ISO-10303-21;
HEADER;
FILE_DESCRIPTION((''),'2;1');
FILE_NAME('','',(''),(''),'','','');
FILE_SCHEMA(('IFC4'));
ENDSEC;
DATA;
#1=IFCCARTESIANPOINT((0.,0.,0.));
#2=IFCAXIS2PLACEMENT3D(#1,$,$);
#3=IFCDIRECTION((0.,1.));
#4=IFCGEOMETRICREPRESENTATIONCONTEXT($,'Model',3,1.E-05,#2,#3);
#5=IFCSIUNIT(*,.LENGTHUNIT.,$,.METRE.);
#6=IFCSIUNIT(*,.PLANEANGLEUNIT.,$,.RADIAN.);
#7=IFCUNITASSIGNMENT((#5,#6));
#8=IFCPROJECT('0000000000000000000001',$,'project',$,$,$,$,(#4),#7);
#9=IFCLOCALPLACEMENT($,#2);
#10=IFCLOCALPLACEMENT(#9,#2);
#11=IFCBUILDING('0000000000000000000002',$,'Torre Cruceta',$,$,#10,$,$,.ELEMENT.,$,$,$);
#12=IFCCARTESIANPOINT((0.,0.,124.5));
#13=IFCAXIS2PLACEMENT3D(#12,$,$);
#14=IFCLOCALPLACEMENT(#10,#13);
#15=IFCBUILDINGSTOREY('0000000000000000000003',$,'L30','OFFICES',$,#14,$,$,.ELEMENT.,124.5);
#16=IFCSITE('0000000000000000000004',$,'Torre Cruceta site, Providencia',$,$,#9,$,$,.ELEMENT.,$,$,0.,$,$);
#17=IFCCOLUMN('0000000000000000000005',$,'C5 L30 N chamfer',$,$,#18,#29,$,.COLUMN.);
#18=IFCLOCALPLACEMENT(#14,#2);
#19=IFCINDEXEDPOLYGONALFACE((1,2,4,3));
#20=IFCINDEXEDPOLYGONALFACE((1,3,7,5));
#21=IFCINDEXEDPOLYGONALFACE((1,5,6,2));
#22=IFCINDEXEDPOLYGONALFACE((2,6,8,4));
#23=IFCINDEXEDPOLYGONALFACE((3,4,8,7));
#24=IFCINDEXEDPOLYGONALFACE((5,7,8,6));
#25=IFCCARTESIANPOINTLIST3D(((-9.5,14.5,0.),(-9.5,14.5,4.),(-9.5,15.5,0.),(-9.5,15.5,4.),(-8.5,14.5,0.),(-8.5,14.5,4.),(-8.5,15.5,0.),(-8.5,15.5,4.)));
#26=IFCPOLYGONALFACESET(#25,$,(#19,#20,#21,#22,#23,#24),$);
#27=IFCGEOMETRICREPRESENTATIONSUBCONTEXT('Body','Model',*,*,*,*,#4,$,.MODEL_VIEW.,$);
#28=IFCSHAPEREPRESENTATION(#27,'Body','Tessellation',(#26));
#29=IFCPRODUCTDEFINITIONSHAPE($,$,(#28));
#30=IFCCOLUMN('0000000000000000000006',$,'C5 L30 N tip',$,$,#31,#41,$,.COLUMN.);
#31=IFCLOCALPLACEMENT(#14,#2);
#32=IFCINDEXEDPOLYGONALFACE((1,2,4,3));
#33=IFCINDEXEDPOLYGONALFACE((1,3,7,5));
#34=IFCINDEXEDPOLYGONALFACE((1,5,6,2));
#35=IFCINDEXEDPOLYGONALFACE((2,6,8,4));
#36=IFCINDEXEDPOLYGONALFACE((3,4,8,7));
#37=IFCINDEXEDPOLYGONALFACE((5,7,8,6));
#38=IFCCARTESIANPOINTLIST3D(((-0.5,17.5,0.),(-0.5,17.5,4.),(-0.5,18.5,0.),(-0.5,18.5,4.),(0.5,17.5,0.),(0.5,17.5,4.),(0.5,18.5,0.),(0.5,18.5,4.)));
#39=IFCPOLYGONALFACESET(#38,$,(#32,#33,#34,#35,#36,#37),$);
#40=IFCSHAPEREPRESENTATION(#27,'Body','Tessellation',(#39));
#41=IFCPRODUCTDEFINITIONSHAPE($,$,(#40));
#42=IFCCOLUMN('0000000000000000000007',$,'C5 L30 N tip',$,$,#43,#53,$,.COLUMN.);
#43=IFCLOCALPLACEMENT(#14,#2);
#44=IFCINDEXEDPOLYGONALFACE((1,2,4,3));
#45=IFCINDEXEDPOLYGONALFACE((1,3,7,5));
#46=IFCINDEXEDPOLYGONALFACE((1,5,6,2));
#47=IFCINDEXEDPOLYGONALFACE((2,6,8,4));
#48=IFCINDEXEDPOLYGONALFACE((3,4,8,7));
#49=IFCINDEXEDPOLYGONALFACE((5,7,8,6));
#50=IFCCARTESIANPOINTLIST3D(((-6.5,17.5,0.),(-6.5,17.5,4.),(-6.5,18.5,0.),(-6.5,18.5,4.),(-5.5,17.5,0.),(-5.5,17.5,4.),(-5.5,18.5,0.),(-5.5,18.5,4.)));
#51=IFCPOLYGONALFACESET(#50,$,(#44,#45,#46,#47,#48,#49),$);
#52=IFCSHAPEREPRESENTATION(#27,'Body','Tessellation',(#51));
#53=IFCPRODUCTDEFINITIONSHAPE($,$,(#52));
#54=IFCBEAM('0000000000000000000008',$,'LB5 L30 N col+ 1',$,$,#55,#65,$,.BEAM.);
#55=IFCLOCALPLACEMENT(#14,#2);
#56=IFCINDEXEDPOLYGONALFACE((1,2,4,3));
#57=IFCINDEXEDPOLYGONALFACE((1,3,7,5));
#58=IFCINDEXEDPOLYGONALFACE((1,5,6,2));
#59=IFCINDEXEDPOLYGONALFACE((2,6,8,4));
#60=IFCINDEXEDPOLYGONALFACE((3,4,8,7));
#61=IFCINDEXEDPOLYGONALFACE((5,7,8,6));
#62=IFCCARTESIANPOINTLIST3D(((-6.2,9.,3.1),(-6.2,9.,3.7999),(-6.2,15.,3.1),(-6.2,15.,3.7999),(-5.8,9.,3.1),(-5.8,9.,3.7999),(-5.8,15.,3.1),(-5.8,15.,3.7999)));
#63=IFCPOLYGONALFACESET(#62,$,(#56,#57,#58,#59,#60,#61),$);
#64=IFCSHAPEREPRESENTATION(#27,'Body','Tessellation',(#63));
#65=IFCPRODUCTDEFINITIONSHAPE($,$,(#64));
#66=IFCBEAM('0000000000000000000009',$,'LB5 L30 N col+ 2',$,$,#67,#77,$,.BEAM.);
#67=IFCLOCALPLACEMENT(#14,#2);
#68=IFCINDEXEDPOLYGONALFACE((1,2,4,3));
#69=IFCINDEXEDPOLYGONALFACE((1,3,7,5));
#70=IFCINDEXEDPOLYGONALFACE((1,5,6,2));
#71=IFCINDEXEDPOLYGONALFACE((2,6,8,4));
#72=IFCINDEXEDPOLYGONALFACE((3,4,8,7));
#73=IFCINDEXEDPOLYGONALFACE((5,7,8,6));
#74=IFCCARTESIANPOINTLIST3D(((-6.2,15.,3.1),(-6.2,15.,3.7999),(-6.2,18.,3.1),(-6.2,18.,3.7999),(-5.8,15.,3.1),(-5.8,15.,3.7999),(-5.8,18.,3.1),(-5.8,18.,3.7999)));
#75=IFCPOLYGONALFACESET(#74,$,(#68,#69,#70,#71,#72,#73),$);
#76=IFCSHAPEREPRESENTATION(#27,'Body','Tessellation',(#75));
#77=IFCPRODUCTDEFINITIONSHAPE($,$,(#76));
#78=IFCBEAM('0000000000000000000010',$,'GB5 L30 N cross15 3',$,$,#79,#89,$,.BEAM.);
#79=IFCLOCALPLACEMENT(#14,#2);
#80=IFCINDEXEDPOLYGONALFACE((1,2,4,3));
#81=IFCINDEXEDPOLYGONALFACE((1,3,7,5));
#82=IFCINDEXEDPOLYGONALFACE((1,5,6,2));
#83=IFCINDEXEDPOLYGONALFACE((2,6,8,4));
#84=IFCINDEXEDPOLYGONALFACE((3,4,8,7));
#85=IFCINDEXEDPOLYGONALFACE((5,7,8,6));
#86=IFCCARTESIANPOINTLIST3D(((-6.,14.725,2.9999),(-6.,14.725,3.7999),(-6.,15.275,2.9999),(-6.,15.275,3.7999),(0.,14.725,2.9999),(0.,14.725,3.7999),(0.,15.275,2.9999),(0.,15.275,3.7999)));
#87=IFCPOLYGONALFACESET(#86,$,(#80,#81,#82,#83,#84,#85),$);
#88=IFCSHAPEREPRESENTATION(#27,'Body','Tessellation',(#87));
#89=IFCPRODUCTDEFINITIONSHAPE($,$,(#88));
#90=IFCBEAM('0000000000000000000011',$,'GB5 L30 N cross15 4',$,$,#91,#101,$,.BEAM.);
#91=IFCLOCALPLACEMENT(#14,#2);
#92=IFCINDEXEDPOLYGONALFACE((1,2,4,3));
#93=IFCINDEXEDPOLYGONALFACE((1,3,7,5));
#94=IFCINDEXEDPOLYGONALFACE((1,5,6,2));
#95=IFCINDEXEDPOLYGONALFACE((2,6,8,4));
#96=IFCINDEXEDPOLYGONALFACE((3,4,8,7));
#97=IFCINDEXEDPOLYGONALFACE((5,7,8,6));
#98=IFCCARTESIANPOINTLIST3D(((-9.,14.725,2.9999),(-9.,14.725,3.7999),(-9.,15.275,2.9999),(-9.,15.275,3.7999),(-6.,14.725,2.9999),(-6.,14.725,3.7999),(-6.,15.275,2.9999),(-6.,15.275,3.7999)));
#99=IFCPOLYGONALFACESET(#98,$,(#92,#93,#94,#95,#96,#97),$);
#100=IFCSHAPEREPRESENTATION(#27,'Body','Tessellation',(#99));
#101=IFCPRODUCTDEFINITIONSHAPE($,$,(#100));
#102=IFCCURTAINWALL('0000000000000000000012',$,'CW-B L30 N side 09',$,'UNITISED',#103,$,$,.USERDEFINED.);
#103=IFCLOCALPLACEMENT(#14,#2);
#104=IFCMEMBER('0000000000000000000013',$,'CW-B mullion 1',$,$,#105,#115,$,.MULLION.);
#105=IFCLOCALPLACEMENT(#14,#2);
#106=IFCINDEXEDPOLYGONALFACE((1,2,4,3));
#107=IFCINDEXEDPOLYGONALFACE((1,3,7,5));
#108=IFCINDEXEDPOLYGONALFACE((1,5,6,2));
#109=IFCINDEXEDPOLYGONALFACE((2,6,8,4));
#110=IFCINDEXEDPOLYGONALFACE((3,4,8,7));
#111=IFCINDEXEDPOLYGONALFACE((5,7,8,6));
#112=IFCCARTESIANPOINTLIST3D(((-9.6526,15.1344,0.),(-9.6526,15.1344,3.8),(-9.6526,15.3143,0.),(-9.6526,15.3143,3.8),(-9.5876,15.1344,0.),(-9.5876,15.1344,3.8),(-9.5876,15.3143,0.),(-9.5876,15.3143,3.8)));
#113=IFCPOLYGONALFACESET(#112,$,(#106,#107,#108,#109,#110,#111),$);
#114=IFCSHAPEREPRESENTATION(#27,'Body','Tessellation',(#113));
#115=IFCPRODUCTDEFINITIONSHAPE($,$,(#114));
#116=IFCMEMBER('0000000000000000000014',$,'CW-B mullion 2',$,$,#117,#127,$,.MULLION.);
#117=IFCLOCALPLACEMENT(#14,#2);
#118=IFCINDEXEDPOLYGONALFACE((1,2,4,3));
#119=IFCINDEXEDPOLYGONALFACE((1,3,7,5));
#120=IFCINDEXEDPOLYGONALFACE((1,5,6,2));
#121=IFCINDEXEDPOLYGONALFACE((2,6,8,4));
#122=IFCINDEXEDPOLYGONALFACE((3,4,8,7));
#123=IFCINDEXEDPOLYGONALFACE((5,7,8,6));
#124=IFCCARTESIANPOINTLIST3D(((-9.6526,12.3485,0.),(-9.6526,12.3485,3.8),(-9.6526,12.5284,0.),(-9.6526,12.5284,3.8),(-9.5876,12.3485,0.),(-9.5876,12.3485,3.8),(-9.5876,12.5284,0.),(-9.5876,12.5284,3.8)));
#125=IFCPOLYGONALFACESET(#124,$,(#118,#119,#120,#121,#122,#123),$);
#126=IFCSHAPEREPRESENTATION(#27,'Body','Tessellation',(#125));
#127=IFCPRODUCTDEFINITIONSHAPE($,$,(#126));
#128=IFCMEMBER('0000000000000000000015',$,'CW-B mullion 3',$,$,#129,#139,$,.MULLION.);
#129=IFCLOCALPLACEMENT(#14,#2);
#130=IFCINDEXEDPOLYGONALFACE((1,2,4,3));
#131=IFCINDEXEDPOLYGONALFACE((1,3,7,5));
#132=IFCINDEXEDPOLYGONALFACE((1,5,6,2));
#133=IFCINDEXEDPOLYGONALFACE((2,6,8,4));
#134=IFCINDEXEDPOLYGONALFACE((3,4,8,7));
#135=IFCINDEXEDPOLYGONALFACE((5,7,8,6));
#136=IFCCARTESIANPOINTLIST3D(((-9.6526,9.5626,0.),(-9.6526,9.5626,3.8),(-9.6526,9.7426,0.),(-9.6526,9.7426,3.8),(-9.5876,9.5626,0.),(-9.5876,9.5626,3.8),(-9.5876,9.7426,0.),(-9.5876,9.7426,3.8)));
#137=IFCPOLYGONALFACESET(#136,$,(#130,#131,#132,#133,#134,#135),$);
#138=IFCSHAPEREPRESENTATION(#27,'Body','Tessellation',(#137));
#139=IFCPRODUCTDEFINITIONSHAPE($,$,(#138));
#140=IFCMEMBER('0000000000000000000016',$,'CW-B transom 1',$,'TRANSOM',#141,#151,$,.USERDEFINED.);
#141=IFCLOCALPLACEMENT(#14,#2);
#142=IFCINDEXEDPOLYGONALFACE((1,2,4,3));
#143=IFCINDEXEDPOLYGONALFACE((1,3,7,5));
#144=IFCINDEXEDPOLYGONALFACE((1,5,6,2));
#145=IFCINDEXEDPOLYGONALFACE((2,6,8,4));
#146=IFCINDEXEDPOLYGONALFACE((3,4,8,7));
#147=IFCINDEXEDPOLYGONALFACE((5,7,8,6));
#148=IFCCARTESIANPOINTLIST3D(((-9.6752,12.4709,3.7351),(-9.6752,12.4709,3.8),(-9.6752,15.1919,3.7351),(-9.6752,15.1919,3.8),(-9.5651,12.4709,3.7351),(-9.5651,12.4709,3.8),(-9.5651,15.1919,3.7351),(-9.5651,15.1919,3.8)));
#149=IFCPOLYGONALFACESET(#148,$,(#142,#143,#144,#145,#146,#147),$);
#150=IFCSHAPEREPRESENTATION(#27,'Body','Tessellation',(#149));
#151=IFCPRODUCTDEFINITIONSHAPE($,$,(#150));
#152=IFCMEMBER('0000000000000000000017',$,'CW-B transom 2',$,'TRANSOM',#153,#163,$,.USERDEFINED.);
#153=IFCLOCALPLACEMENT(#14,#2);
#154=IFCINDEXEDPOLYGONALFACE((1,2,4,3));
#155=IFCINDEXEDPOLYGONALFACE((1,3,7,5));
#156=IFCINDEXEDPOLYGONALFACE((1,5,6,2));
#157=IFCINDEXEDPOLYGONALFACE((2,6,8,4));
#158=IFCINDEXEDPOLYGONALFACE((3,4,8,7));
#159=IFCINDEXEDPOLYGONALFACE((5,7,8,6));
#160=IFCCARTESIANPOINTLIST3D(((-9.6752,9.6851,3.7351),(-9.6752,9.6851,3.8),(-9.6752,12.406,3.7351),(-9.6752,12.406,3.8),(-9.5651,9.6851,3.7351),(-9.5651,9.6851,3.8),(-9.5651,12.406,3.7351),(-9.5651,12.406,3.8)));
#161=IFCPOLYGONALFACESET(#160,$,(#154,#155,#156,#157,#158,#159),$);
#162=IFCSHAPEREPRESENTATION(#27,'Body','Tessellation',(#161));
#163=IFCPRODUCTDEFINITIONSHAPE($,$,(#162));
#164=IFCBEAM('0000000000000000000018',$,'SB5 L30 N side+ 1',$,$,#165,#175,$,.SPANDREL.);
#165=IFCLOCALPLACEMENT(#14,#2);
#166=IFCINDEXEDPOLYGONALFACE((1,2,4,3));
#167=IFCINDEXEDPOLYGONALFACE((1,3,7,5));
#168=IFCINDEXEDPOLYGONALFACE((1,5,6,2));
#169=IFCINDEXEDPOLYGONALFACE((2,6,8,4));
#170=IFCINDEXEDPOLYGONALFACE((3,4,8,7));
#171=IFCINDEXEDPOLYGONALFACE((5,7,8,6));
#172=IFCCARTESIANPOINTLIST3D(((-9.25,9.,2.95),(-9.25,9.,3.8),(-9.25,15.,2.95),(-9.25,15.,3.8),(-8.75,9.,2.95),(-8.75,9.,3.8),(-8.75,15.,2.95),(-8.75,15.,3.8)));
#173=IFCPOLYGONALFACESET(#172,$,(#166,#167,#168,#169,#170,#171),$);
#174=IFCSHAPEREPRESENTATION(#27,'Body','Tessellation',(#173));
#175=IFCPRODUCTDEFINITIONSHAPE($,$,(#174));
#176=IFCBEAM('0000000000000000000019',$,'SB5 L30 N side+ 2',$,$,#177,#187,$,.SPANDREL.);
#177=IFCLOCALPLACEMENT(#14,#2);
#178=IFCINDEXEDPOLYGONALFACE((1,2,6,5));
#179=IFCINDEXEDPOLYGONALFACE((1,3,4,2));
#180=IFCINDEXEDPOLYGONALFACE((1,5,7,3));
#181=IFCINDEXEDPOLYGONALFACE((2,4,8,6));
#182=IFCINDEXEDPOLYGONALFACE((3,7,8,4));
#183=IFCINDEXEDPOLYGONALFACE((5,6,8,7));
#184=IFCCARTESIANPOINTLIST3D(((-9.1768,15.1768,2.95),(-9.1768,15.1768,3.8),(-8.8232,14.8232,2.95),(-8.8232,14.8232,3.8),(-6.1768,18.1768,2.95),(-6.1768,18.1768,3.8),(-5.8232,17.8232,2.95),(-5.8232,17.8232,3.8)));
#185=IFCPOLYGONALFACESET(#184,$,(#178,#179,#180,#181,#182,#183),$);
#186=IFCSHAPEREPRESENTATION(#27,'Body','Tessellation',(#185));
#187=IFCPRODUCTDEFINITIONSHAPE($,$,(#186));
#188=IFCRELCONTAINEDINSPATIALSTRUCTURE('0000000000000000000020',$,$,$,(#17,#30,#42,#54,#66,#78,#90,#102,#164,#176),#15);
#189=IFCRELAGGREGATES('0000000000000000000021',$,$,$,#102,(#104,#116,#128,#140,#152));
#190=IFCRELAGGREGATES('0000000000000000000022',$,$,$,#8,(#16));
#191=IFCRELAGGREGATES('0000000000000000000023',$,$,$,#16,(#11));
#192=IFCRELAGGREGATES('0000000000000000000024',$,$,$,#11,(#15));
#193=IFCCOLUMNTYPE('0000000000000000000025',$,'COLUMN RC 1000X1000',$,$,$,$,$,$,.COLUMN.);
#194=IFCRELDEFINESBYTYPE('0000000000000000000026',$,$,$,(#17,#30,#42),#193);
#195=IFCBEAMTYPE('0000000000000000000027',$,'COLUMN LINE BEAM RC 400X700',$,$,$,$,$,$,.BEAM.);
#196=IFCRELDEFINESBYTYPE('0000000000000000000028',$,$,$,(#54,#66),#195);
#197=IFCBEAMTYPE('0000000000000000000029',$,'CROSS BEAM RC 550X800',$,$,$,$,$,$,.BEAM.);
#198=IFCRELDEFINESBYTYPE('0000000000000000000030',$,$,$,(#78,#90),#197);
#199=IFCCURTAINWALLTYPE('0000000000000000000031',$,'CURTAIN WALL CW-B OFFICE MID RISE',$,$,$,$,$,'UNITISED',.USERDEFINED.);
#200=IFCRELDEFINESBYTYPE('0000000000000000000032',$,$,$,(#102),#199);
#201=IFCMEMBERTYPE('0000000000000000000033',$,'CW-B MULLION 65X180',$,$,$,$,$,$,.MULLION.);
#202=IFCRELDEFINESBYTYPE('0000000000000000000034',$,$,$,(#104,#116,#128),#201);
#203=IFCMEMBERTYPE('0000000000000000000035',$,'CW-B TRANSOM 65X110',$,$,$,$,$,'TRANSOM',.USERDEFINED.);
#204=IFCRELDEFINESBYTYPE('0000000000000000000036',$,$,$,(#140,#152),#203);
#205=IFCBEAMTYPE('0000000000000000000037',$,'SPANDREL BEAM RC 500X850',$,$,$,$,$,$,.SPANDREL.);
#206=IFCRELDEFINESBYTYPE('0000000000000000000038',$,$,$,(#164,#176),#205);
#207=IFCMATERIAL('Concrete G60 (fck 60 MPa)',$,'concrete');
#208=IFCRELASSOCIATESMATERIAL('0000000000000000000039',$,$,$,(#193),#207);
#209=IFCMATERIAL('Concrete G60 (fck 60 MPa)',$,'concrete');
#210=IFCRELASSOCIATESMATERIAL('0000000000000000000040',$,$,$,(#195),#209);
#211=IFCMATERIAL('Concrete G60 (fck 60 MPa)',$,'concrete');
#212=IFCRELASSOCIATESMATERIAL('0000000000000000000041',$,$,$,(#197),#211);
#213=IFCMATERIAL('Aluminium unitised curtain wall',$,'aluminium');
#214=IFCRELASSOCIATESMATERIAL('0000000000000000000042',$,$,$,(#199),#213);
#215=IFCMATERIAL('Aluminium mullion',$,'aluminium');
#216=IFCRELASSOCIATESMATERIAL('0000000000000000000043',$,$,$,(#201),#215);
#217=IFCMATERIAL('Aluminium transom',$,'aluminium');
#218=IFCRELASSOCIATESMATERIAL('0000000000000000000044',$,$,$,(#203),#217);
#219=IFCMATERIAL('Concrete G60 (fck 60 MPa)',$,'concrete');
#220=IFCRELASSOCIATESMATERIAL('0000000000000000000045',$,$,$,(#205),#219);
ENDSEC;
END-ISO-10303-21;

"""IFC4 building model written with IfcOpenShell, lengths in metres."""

from ifc_helpers import new_model, si_unit, direction, frame, origin, origin_2d, place, context, subcontext, project, spatial, rectangle, extrude, material, material_profile, profile_set, type_object, element, aggregate, save


model = new_model("IFC4")

# Units and contexts
model_context = context("Model", 3, precision=1e-05, world=origin(), true_north=direction((0.0, 1.0)))
body_context = subcontext(model_context, "Body", "Model", "MODEL_VIEW")
ifc_project = project(units=[si_unit("LENGTHUNIT", "METRE"), si_unit("PLANEANGLEUNIT", "RADIAN")], contexts=[model_context])

# Site, building, storey
site_placement = place(None, origin())
site = spatial("IfcSite", under=ifc_project, at=site_placement, Name="Torre Cruceta site, Providencia", CompositionType="ELEMENT", RefElevation=0.0)
building_placement = place(site_placement, origin())
building = spatial("IfcBuilding", under=site, at=building_placement, Name="Torre Cruceta", CompositionType="ELEMENT")
storey_placement = place(building_placement, frame((0.0, 0.0, 124.5)))
storey = spatial("IfcBuildingStorey", under=building, at=storey_placement, Name="L30", Description="OFFICES", CompositionType="ELEMENT", Elevation=124.5)

# Columns
ifc_material_1 = material(Name="Concrete G60 (fck 60 MPa)", Category="concrete")
ifc_material_profile_1 = material_profile(ifc_material_1, rectangle(XDim=1.0, YDim=1.0, at=origin_2d()), Name="RC 1000X1000")
ifc_profile_set_1 = profile_set([ifc_material_profile_1], Name="Concrete G60 (fck 60 MPa)")
column_type = type_object("IfcColumnType", Name="COLUMN RC 1000X1000", PredefinedType="COLUMN", material=ifc_profile_set_1)
for number, where, z_axis, x_axis, name in (
    (1, (-9.0, 15.0, 0.0), (0.0, 0.0, 1.0), (1.0, 0.0, 0.0), "C5 L30 N chamfer"),
    (2, (0.0, 18.0, 0.0), (0.0, 0.0, 1.0), (1.0, 0.0, 0.0), "C5 L30 N tip"),
    (3, (-6.0, 18.0, 0.0), (0.0, 0.0, 1.0), (1.0, 0.0, 0.0), "C5 L30 N tip"),
):
    element("IfcColumn", number, at=place(storey_placement, frame(where, z_axis=z_axis, x_axis=x_axis)), inside=storey, type_object=column_type, Name=name, PredefinedType="COLUMN", context=body_context, shape_type="SweptSolid", body=[
        extrude(rectangle(XDim=1.0, YDim=1.0, at=origin_2d()), origin(), (0.0, 0.0, 1.0), 4.0),
    ])

# Beams
ifc_material_2 = material(Name="Concrete G60 (fck 60 MPa)", Category="concrete")
ifc_material_profile_2 = material_profile(ifc_material_2, rectangle(XDim=0.3999, YDim=0.7, at=origin_2d()), Name="RC 400X700")
ifc_profile_set_2 = profile_set([ifc_material_profile_2], Name="Concrete G60 (fck 60 MPa)")
beam_type_1 = type_object("IfcBeamType", Name="COLUMN LINE BEAM RC 400X700", PredefinedType="BEAM", material=ifc_profile_set_2)
beam_1_placement = place(storey_placement, frame((-6.0, 9.0, 3.45), z_axis=(0.0, 1.0, 0.0), x_axis=(-1.0, 0.0, 0.0)))
element("IfcBeam", 4, at=beam_1_placement, inside=storey, type_object=beam_type_1, Name="LB5 L30 N col+ 1", PredefinedType="BEAM", context=body_context, shape_type="SweptSolid", body=[
    extrude(rectangle(XDim=0.3999, YDim=0.7, at=origin_2d()), origin(), (0.0, 0.0, 1.0), 6.0),
])
beam_2_placement = place(storey_placement, frame((-6.0, 15.0, 3.45), z_axis=(0.0, 1.0, 0.0), x_axis=(-1.0, 0.0, 0.0)))
element("IfcBeam", 5, at=beam_2_placement, inside=storey, type_object=beam_type_1, Name="LB5 L30 N col+ 2", PredefinedType="BEAM", context=body_context, shape_type="SweptSolid", body=[
    extrude(rectangle(XDim=0.3999, YDim=0.7, at=origin_2d()), origin(), (0.0, 0.0, 1.0), 3.0),
])
ifc_material_3 = material(Name="Concrete G60 (fck 60 MPa)", Category="concrete")
ifc_material_profile_3 = material_profile(ifc_material_3, rectangle(XDim=0.55, YDim=0.8, at=origin_2d()), Name="RC 550X800")
ifc_profile_set_3 = profile_set([ifc_material_profile_3], Name="Concrete G60 (fck 60 MPa)")
beam_type_2 = type_object("IfcBeamType", Name="CROSS BEAM RC 550X800", PredefinedType="BEAM", material=ifc_profile_set_3)
beam_3_placement = place(storey_placement, frame((0.0, 15.0, 3.3999), z_axis=(-1.0, 0.0, 0.0), x_axis=(0.0, -1.0, 0.0)))
element("IfcBeam", 6, at=beam_3_placement, inside=storey, type_object=beam_type_2, Name="GB5 L30 N cross15 3", PredefinedType="BEAM", context=body_context, shape_type="SweptSolid", body=[
    extrude(rectangle(XDim=0.55, YDim=0.8, at=origin_2d()), origin(), (0.0, 0.0, 1.0), 6.0),
])
beam_4_placement = place(storey_placement, frame((-6.0, 15.0, 3.3999), z_axis=(-1.0, 0.0, 0.0), x_axis=(0.0, -1.0, 0.0)))
element("IfcBeam", 7, at=beam_4_placement, inside=storey, type_object=beam_type_2, Name="GB5 L30 N cross15 4", PredefinedType="BEAM", context=body_context, shape_type="SweptSolid", body=[
    extrude(rectangle(XDim=0.55, YDim=0.8, at=origin_2d()), origin(), (0.0, 0.0, 1.0), 3.0),
])

# Curtain wall, members
ifc_material_4 = material(Name="Aluminium unitised curtain wall", Category="aluminium")
curtain_wall_type = type_object("IfcCurtainWallType", Name="CURTAIN WALL CW-B OFFICE MID RISE", ElementType="UNITISED", PredefinedType="USERDEFINED", material=ifc_material_4)
curtain_wall_placement = place(storey_placement, origin())
curtain_wall = element("IfcCurtainWall", 8, at=curtain_wall_placement, inside=storey, type_object=curtain_wall_type, Name="CW-B L30 N side 09", ObjectType="UNITISED", PredefinedType="USERDEFINED")
ifc_material_5 = material(Name="Aluminium mullion", Category="aluminium")
ifc_material_profile_4 = material_profile(ifc_material_5, rectangle(XDim=0.0649, YDim=0.1799, at=origin_2d()), Name="AL 65X180")
ifc_profile_set_4 = profile_set([ifc_material_profile_4], Name="Aluminium mullion")
member_type_1 = type_object("IfcMemberType", Name="CW-B MULLION 65X180", PredefinedType="MULLION", material=ifc_profile_set_4)
member_1_placement = place(storey_placement, frame((-9.6201, 15.2244, 0.0), z_axis=(0.0, 0.0, 1.0), x_axis=(1.0, 0.0, 0.0)))
member_1 = element("IfcMember", 9, at=member_1_placement, type_object=member_type_1, Name="CW-B mullion 1", PredefinedType="MULLION", context=body_context, shape_type="SweptSolid", body=[
    extrude(rectangle(XDim=0.0649, YDim=0.1799, at=origin_2d()), origin(), (0.0, 0.0, 1.0), 3.8),
])
member_2_placement = place(storey_placement, frame((-9.6201, 12.4385, 0.0), z_axis=(0.0, 0.0, 1.0), x_axis=(1.0, 0.0, 0.0)))
member_2 = element("IfcMember", 10, at=member_2_placement, type_object=member_type_1, Name="CW-B mullion 2", PredefinedType="MULLION", context=body_context, shape_type="SweptSolid", body=[
    extrude(rectangle(XDim=0.0649, YDim=0.1799, at=origin_2d()), origin(), (0.0, 0.0, 1.0), 3.8),
])
member_3_placement = place(storey_placement, frame((-9.6201, 9.6526, 0.0), z_axis=(0.0, 0.0, 1.0), x_axis=(1.0, 0.0, 0.0)))
member_3 = element("IfcMember", 11, at=member_3_placement, type_object=member_type_1, Name="CW-B mullion 3", PredefinedType="MULLION", context=body_context, shape_type="SweptSolid", body=[
    extrude(rectangle(XDim=0.0649, YDim=0.1799, at=origin_2d()), origin(), (0.0, 0.0, 1.0), 3.8),
])
ifc_material_6 = material(Name="Aluminium transom", Category="aluminium")
ifc_material_profile_5 = material_profile(ifc_material_6, rectangle(XDim=0.1101, YDim=0.0649, at=origin_2d()), Name="AL 110X65")
ifc_profile_set_5 = profile_set([ifc_material_profile_5], Name="Aluminium transom")
member_type_2 = type_object("IfcMemberType", Name="CW-B TRANSOM 65X110", ElementType="TRANSOM", PredefinedType="USERDEFINED", material=ifc_profile_set_5)
member_4_placement = place(storey_placement, frame((-9.6201, 15.1919, 3.7676), z_axis=(0.0, -1.0, 0.0), x_axis=(1.0, 0.0, 0.0)))
member_4 = element("IfcMember", 12, at=member_4_placement, type_object=member_type_2, Name="CW-B transom 1", ObjectType="TRANSOM", PredefinedType="USERDEFINED", context=body_context, shape_type="SweptSolid", body=[
    extrude(rectangle(XDim=0.1101, YDim=0.0649, at=origin_2d()), origin(), (0.0, 0.0, 1.0), 2.7209),
])
member_5_placement = place(storey_placement, frame((-9.6201, 12.406, 3.7676), z_axis=(0.0, -1.0, 0.0), x_axis=(1.0, 0.0, 0.0)))
member_5 = element("IfcMember", 13, at=member_5_placement, type_object=member_type_2, Name="CW-B transom 2", ObjectType="TRANSOM", PredefinedType="USERDEFINED", context=body_context, shape_type="SweptSolid", body=[
    extrude(rectangle(XDim=0.1101, YDim=0.0649, at=origin_2d()), origin(), (0.0, 0.0, 1.0), 2.7209),
])

# Beams
ifc_material_7 = material(Name="Concrete G60 (fck 60 MPa)", Category="concrete")
ifc_material_profile_6 = material_profile(ifc_material_7, rectangle(XDim=0.5, YDim=0.8501, at=origin_2d()), Name="RC 500X850")
ifc_profile_set_6 = profile_set([ifc_material_profile_6], Name="Concrete G60 (fck 60 MPa)")
beam_type_3 = type_object("IfcBeamType", Name="SPANDREL BEAM RC 500X850", PredefinedType="SPANDREL", material=ifc_profile_set_6)
beam_5_placement = place(storey_placement, frame((-9.0, 9.0, 3.375), z_axis=(0.0, 1.0, 0.0), x_axis=(-1.0, 0.0, 0.0)))
element("IfcBeam", 14, at=beam_5_placement, inside=storey, type_object=beam_type_3, Name="SB5 L30 N side+ 1", PredefinedType="SPANDREL", context=body_context, shape_type="SweptSolid", body=[
    extrude(rectangle(XDim=0.5, YDim=0.8501, at=origin_2d()), origin(), (0.0, 0.0, 1.0), 6.0),
])
beam_6_placement = place(storey_placement, frame((-9.0, 15.0, 3.375), z_axis=(0.707107, 0.707107, 0.0), x_axis=(-0.707107, 0.707107, 0.0)))
element("IfcBeam", 15, at=beam_6_placement, inside=storey, type_object=beam_type_3, Name="SB5 L30 N side+ 2", PredefinedType="SPANDREL", context=body_context, shape_type="SweptSolid", body=[
    extrude(rectangle(XDim=0.5, YDim=0.8501, at=origin_2d()), origin(), (0.0, 0.0, 1.0), 4.2427),
])

aggregate(curtain_wall, [member_1, member_2, member_3, member_4, member_5])

save(model, "model.ifc")
